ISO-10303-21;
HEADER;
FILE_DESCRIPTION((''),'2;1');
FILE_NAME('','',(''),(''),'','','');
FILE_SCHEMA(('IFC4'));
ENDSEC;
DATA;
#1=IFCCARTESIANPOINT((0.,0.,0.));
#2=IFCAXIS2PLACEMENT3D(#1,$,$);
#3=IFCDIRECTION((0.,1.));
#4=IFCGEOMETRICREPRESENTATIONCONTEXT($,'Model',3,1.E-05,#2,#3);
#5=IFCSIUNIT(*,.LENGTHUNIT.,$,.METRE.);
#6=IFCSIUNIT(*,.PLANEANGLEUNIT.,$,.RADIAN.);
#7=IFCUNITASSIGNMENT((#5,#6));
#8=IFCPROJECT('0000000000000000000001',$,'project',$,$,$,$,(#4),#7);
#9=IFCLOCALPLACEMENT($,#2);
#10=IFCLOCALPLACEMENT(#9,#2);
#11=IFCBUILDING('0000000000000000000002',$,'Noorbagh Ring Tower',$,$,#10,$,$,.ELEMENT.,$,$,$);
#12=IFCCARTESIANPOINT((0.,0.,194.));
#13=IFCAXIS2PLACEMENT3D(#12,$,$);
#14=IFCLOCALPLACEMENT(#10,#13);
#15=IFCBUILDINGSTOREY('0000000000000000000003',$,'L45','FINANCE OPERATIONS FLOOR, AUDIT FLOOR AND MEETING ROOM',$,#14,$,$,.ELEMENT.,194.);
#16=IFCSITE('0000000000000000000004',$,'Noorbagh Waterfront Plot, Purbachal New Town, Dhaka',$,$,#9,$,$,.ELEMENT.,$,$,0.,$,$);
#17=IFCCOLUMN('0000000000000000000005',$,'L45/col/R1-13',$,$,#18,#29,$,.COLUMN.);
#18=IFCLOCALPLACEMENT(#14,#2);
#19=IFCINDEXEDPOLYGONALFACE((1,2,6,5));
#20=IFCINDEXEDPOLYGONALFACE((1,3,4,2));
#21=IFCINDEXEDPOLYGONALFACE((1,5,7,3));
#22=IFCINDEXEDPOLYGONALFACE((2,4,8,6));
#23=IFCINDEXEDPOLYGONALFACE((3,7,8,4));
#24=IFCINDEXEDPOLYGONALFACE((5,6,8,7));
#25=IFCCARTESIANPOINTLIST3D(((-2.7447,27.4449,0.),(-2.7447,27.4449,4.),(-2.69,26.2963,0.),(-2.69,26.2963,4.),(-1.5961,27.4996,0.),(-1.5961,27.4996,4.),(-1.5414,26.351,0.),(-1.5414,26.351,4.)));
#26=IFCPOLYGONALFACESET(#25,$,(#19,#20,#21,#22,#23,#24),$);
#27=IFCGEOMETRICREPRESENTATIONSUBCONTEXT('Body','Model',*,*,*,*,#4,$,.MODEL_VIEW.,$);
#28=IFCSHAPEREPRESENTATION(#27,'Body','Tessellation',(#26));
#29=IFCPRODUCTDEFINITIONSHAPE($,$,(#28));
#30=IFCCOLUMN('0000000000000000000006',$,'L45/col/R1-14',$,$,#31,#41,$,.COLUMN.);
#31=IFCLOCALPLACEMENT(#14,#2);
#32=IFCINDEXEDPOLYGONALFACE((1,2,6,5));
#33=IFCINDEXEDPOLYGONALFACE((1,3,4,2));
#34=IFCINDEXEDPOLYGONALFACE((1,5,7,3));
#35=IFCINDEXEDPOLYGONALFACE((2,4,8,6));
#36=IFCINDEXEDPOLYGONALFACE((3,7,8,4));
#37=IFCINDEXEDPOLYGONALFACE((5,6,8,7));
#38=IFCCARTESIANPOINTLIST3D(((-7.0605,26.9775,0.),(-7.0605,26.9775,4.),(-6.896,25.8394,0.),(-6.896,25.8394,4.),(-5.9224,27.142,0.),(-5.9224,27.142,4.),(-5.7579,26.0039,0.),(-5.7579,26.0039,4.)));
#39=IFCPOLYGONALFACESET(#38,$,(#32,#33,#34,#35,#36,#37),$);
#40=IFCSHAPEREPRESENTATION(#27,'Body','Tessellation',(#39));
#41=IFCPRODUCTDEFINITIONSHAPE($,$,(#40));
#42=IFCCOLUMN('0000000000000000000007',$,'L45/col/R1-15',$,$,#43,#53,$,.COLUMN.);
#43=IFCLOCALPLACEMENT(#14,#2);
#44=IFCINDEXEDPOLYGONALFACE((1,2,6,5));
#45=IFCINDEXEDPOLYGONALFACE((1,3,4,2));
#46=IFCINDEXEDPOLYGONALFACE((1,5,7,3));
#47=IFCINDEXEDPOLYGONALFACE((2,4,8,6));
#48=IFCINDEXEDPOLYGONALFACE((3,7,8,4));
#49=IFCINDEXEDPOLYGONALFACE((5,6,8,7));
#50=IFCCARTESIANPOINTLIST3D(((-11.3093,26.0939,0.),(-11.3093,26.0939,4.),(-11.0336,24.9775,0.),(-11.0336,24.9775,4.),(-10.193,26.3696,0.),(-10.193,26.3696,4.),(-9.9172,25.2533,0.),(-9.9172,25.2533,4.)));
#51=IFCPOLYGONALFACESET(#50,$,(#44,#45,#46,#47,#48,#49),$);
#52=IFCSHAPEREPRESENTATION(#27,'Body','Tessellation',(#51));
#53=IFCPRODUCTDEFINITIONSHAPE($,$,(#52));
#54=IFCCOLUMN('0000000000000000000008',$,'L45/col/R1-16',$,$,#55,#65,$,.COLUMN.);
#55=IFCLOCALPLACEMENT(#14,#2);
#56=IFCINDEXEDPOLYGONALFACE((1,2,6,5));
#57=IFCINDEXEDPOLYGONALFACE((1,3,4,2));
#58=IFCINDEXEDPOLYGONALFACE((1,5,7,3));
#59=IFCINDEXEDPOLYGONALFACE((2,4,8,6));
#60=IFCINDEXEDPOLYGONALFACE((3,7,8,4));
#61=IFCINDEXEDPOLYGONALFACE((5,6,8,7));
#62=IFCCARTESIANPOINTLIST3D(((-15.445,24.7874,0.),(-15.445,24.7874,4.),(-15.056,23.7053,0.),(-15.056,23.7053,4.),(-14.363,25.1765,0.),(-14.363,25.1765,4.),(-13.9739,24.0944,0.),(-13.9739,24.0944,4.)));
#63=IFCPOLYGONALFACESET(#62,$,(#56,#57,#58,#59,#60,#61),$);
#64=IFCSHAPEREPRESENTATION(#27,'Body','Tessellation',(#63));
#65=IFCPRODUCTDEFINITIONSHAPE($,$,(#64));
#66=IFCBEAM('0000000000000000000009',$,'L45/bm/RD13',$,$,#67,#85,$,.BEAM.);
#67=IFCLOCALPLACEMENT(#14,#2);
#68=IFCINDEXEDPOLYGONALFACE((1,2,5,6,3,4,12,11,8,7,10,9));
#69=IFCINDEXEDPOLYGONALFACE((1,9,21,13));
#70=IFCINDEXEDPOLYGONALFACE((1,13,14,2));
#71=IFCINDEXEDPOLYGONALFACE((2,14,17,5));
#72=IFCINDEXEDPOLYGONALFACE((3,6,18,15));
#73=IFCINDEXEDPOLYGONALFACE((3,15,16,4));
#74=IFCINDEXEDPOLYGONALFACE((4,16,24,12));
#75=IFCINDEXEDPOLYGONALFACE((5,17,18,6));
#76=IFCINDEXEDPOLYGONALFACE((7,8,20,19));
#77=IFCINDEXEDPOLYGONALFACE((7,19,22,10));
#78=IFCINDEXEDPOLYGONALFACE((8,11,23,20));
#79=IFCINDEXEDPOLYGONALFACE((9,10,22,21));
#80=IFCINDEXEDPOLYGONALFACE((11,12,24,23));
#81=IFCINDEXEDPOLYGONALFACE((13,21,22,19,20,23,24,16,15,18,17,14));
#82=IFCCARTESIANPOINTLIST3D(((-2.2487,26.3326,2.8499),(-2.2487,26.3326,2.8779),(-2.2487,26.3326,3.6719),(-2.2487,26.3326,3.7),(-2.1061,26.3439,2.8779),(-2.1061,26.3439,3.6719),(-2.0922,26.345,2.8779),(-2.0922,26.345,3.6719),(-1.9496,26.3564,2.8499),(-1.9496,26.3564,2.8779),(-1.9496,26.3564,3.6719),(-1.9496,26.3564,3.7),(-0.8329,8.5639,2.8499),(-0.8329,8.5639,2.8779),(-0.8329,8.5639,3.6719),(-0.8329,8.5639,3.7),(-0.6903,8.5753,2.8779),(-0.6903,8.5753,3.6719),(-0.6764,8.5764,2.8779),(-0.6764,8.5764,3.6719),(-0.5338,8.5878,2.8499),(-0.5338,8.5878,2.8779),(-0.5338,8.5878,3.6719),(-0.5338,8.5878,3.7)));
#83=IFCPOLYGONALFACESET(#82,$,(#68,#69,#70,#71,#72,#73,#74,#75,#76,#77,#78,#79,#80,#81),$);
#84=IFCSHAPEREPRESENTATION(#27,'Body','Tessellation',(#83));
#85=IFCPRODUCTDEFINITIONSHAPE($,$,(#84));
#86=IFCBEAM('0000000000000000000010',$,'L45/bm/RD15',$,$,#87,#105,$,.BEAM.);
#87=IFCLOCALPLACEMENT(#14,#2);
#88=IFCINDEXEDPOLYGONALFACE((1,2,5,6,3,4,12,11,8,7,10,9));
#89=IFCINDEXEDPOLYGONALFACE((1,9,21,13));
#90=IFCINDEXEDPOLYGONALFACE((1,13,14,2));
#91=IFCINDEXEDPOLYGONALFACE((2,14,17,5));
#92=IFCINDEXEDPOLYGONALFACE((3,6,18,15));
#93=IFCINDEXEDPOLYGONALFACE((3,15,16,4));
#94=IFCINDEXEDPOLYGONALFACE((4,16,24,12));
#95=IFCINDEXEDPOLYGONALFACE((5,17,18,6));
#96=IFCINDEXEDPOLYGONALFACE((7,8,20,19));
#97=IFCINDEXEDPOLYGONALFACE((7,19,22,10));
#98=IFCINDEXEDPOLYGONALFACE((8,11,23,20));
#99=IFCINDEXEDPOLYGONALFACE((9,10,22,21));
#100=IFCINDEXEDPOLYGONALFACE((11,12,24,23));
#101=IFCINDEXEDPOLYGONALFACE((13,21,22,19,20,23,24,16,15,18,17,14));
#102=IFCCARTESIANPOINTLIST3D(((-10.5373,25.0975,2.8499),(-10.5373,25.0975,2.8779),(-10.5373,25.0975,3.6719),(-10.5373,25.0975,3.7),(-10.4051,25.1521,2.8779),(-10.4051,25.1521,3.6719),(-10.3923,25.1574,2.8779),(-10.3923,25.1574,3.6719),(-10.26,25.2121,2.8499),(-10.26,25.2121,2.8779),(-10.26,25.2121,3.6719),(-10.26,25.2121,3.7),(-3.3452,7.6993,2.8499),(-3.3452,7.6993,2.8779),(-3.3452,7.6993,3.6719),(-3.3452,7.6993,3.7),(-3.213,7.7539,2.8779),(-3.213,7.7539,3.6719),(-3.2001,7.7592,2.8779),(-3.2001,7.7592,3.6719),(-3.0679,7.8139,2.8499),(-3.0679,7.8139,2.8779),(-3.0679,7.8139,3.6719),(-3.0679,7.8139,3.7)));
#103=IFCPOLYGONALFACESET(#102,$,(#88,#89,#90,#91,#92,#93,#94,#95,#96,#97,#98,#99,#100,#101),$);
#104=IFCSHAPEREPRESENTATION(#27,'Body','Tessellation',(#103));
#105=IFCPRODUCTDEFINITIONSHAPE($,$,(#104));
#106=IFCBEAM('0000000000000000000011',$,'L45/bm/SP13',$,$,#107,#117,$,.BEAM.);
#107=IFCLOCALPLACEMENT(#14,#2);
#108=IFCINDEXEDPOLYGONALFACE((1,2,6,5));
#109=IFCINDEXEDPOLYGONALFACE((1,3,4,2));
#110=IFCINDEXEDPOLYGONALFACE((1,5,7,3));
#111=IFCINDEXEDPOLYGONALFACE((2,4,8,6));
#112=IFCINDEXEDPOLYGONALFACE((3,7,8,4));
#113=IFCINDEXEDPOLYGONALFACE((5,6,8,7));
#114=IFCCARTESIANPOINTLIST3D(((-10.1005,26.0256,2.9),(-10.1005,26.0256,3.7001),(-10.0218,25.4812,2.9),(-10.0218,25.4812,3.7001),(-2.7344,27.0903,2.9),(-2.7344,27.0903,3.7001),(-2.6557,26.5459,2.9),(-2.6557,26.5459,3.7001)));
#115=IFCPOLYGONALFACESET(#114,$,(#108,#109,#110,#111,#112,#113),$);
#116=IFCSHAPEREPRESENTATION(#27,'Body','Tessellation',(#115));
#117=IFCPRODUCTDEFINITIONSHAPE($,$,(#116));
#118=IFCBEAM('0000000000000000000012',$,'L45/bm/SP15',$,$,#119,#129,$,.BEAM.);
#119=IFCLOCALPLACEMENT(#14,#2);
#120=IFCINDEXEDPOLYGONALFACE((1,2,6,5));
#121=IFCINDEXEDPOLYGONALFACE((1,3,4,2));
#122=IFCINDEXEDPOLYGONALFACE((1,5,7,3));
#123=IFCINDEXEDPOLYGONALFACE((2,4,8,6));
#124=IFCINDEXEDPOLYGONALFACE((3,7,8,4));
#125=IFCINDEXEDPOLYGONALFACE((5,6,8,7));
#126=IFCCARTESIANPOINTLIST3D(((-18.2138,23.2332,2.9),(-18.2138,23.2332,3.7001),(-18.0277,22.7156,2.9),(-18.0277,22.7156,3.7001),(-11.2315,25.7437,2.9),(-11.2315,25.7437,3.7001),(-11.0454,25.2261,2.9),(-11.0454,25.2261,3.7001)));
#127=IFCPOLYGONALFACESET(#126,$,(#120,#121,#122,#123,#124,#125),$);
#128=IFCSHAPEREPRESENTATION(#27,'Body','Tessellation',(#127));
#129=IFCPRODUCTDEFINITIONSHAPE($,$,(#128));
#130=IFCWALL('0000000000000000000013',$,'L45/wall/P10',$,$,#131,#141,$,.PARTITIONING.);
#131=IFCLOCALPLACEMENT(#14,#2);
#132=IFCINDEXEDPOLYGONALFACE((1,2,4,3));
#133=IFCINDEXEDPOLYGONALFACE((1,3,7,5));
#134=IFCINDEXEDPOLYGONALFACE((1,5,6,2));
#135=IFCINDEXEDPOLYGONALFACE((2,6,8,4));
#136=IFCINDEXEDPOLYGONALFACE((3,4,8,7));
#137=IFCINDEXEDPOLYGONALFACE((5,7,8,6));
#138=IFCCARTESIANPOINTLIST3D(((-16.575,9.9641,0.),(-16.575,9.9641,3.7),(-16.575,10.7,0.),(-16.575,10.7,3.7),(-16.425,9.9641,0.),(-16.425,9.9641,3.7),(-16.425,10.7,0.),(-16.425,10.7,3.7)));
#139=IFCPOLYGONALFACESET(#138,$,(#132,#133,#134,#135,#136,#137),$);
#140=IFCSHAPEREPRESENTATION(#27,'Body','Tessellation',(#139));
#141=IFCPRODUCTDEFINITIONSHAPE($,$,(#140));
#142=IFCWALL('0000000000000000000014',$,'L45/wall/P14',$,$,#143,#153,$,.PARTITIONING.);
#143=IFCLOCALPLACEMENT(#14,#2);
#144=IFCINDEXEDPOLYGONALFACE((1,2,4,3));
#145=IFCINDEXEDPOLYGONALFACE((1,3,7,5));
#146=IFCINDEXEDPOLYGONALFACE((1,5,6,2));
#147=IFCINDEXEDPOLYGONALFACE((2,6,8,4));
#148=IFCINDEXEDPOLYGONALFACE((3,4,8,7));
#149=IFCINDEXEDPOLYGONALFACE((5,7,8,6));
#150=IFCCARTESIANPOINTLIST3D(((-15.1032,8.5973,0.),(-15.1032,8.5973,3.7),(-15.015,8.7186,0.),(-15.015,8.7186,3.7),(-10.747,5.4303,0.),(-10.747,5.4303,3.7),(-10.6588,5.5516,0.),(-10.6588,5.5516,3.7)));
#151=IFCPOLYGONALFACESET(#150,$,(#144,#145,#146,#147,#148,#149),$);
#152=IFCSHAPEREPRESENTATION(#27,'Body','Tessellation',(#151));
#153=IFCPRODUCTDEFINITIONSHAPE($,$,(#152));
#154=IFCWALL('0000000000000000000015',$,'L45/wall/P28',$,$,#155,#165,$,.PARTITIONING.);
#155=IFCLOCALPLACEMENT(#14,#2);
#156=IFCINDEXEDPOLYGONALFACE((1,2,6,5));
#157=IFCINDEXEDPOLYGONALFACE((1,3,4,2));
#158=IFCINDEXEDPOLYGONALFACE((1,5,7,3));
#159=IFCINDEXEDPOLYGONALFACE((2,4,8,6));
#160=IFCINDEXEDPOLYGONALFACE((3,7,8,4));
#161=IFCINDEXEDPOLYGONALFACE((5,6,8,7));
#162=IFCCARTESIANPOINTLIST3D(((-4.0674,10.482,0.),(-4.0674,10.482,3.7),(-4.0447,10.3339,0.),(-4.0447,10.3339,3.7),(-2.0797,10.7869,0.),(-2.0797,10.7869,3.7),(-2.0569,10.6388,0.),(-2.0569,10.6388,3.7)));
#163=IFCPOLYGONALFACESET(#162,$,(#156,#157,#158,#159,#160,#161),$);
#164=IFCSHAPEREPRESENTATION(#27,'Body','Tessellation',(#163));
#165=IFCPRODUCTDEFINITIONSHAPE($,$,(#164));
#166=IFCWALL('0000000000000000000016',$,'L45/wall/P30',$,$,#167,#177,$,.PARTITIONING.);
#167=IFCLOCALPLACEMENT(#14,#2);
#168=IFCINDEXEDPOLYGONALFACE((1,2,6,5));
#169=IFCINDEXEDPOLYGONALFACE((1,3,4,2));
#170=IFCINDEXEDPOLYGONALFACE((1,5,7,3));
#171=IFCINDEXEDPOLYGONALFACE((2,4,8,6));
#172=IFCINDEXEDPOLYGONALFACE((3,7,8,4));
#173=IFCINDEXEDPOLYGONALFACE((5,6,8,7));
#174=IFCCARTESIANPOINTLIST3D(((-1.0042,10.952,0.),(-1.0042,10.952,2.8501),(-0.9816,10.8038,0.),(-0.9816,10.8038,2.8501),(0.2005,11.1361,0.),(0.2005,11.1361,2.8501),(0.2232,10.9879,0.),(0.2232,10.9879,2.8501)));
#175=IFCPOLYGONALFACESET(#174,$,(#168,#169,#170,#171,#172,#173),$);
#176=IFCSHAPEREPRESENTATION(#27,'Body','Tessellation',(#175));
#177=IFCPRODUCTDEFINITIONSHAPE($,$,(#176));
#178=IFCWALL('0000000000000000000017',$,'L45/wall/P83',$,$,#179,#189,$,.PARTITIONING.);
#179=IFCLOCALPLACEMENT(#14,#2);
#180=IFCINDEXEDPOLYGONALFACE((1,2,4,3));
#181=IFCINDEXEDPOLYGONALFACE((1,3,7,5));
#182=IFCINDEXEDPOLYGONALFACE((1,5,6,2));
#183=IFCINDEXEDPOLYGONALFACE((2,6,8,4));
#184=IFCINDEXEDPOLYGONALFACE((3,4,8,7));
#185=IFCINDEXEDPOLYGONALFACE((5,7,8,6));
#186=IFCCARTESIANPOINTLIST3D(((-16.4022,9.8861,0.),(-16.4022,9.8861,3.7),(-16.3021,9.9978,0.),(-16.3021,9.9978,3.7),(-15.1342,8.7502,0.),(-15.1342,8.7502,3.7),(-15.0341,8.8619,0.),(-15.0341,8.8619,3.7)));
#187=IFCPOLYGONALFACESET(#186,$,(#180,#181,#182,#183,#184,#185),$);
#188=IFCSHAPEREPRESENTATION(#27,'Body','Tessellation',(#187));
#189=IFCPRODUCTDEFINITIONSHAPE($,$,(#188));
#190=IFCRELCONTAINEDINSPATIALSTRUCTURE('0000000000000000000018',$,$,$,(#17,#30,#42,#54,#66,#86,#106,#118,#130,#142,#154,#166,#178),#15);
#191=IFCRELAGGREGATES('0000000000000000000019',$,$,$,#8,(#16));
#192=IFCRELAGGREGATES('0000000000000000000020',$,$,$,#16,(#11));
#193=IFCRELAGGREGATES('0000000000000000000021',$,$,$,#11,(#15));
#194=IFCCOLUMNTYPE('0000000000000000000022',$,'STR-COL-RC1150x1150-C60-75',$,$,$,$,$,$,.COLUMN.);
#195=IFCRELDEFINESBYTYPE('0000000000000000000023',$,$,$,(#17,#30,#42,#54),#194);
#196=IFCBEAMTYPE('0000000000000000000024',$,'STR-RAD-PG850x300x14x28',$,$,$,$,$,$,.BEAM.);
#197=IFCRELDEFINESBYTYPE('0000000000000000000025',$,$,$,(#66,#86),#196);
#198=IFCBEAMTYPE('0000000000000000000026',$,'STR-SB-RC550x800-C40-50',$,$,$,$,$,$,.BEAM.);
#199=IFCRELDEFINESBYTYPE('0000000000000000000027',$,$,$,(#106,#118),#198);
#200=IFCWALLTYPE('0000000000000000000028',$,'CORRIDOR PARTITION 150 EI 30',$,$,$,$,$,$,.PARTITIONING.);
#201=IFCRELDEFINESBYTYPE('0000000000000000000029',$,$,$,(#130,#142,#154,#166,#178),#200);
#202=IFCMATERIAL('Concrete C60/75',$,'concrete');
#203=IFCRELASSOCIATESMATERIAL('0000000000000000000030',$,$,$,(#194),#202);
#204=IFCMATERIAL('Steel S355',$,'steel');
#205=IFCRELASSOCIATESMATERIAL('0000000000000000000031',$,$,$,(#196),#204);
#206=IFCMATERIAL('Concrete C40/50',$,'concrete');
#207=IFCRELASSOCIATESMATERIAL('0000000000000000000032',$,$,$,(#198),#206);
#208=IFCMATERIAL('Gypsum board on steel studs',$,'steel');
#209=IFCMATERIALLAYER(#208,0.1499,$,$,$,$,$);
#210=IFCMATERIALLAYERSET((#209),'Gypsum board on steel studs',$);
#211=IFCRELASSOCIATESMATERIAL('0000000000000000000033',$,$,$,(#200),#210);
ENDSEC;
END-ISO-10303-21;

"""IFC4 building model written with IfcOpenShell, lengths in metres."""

from ifc_helpers import new_model, si_unit, direction, frame, frame_2d, origin, origin_2d, place, context, subcontext, project, spatial, rectangle, i_section, extrude, material, layer, layer_set, material_profile, profile_set, type_object, element, save


model = new_model("IFC4")

# Units and contexts
model_context = context("Model", 3, precision=1e-05, world=origin(), true_north=direction((0.0, 1.0)))
body_context = subcontext(model_context, "Body", "Model", "MODEL_VIEW")
ifc_project = project(units=[si_unit("LENGTHUNIT", "METRE"), si_unit("PLANEANGLEUNIT", "RADIAN")], contexts=[model_context])

# Site, building, storey
site_placement = place(None, origin())
site = spatial("IfcSite", under=ifc_project, at=site_placement, Name="Noorbagh Waterfront Plot, Purbachal New Town, Dhaka", CompositionType="ELEMENT", RefElevation=0.0)
building_placement = place(site_placement, origin())
building = spatial("IfcBuilding", under=site, at=building_placement, Name="Noorbagh Ring Tower", CompositionType="ELEMENT")
storey_placement = place(building_placement, frame((0.0, 0.0, 194.0)))
storey = spatial("IfcBuildingStorey", under=building, at=storey_placement, Name="L45", Description="FINANCE OPERATIONS FLOOR, AUDIT FLOOR AND MEETING ROOM", CompositionType="ELEMENT", Elevation=194.0)

# Columns
ifc_material_1 = material(Name="Concrete C60/75", Category="concrete")
ifc_material_profile_1 = material_profile(ifc_material_1, rectangle(XDim=1.1499, YDim=1.1499, at=origin_2d()), Name="RC1150x1150")
ifc_profile_set_1 = profile_set([ifc_material_profile_1], Name="Concrete C60/75")
column_type = type_object("IfcColumnType", Name="STR-COL-RC1150x1150-C60-75", PredefinedType="COLUMN", material=ifc_profile_set_1)
for number, where, z_axis, x_axis, name in (
    (1, (-2.1431, 26.8979, 0.0), (0.0, 0.0, 1.0), (-0.998869, -0.047553, 0.0), "L45/col/R1-13"),
    (2, (-6.4092, 26.4907, 0.0), (0.0, 0.0, 1.0), (-0.989713, -0.143066, 0.0), "L45/col/R1-14"),
    (3, (-10.6133, 25.6736, 0.0), (0.0, 0.0, 1.0), (-0.970829, -0.239771, 0.0), "L45/col/R1-15"),
    (4, (-14.7095, 24.4409, 0.0), (0.0, 0.0, 1.0), (-0.941025, -0.338338, 0.0), "L45/col/R1-16"),
):
    element("IfcColumn", number, at=place(storey_placement, frame(where, z_axis=z_axis, x_axis=x_axis)), inside=storey, type_object=column_type, Name=name, PredefinedType="COLUMN", context=body_context, shape_type="SweptSolid", body=[
        extrude(rectangle(XDim=1.1499, YDim=1.1499, at=origin_2d()), origin(), (0.0, 0.0, 1.0), 4.0),
    ])

# Beams
ifc_material_2 = material(Name="Steel S355", Category="steel")
ifc_material_profile_2 = material_profile(ifc_material_2, i_section(OverallWidth=0.3, OverallDepth=0.8501, WebThickness=0.0139, FlangeThickness=0.0281, at=origin_2d()), Name="PG850x300x14x28")
ifc_profile_set_2 = profile_set([ifc_material_profile_2], Name="Steel S355")
beam_type_1 = type_object("IfcBeamType", Name="STR-RAD-PG850x300x14x28", PredefinedType="BEAM", material=ifc_profile_set_2)
beam_1_placement = place(storey_placement, frame((-2.0991, 26.3445, 3.2749), z_axis=(0.079427, -0.996841, 0.0), x_axis=(0.996841, 0.079427, 0.0)))
element("IfcBeam", 5, at=beam_1_placement, inside=storey, type_object=beam_type_1, Name="L45/bm/RD13", PredefinedType="BEAM", context=body_context, shape_type="SweptSolid", body=[
    extrude(i_section(OverallWidth=0.3, OverallDepth=0.8501, WebThickness=0.0139, FlangeThickness=0.0281, at=origin_2d()), origin(), (0.0, 0.0, 1.0), 17.825),
])
beam_2_placement = place(storey_placement, frame((-10.3987, 25.1548, 3.2749), z_axis=(0.382029, -0.92415, 0.0), x_axis=(0.92415, 0.382029, 0.0)))
element("IfcBeam", 6, at=beam_2_placement, inside=storey, type_object=beam_type_1, Name="L45/bm/RD15", PredefinedType="BEAM", context=body_context, shape_type="SweptSolid", body=[
    extrude(i_section(OverallWidth=0.3, OverallDepth=0.8501, WebThickness=0.0139, FlangeThickness=0.0281, at=origin_2d()), origin(), (0.0, 0.0, 1.0), 18.8262),
])
ifc_material_3 = material(Name="Concrete C40/50", Category="concrete")
ifc_material_profile_3 = material_profile(ifc_material_3, rectangle(XDim=0.55, YDim=0.8, at=origin_2d()), Name="RC550x800")
ifc_profile_set_3 = profile_set([ifc_material_profile_3], Name="Concrete C40/50")
beam_type_2 = type_object("IfcBeamType", Name="STR-SB-RC550x800-C40-50", PredefinedType="BEAM", material=ifc_profile_set_3)
beam_3_placement = place(storey_placement, frame((-2.6951, 26.8181, 3.3), z_axis=(-0.989715, -0.143056, 0.0), x_axis=(0.143056, -0.989715, 0.0)))
element("IfcBeam", 7, at=beam_3_placement, inside=storey, type_object=beam_type_2, Name="L45/bm/SP13", PredefinedType="BEAM", context=body_context, shape_type="SweptSolid", body=[
    extrude(rectangle(XDim=0.55, YDim=0.8, at=origin_2d()), origin(), (0.0, 0.0, 1.0), 7.4426),
])
beam_4_placement = place(storey_placement, frame((-11.1384, 25.4849, 3.3), z_axis=(-0.941024, -0.338341, 0.0), x_axis=(0.338341, -0.941024, 0.0)))
element("IfcBeam", 8, at=beam_4_placement, inside=storey, type_object=beam_type_2, Name="L45/bm/SP15", PredefinedType="BEAM", context=body_context, shape_type="SweptSolid", body=[
    extrude(rectangle(XDim=0.55, YDim=0.8, at=origin_2d()), origin(), (0.0, 0.0, 1.0), 7.4199),
])

# Walls
ifc_material_4 = material(Name="Gypsum board on steel studs", Category="steel")
ifc_layer_1 = layer(ifc_material_4, 0.1499)
ifc_layer_set_1 = layer_set([ifc_layer_1], Name="Gypsum board on steel studs")
wall_type_1 = type_object("IfcWallType", Name="CORRIDOR PARTITION 150 EI 30", PredefinedType="PARTITIONING", material=ifc_layer_set_1)
wall_1_placement = place(storey_placement, frame((-16.5, 9.9641, 0.0), z_axis=(0.0, 0.0, 1.0), x_axis=(0.0, 1.0, 0.0)))
element("IfcWall", 9, at=wall_1_placement, inside=storey, type_object=wall_type_1, Name="L45/wall/P10", PredefinedType="PARTITIONING", context=body_context, shape_type="SweptSolid", body=[
    extrude(rectangle(XDim=0.7358, YDim=0.1499, at=frame_2d((0.3679, 0.0))), origin(), (0.0, 0.0, 1.0), 3.7),
])
wall_2_placement = place(storey_placement, frame((-15.0591, 8.658, 0.0), z_axis=(0.0, 0.0, 1.0), x_axis=(0.808838, -0.588032, 0.0)))
element("IfcWall", 10, at=wall_2_placement, inside=storey, type_object=wall_type_1, Name="L45/wall/P14", PredefinedType="PARTITIONING", context=body_context, shape_type="SweptSolid", body=[
    extrude(rectangle(XDim=5.3857, YDim=0.1499, at=frame_2d((2.6929, 0.0))), origin(), (0.0, 0.0, 1.0), 3.7),
])
wall_3_placement = place(storey_placement, frame((-4.0559, 10.408, 0.0), z_axis=(0.0, 0.0, 1.0), x_axis=(0.988438, 0.151628, 0.0)))
element("IfcWall", 11, at=wall_3_placement, inside=storey, type_object=wall_type_1, Name="L45/wall/P28", PredefinedType="PARTITIONING", context=body_context, shape_type="SweptSolid", body=[
    extrude(rectangle(XDim=2.011, YDim=0.1499, at=frame_2d((1.0054, 0.0))), origin(), (0.0, 0.0, 1.0), 3.7),
])
wall_4_placement = place(storey_placement, frame((-0.9929, 10.8779, 0.0), z_axis=(0.0, 0.0, 1.0), x_axis=(0.988529, 0.151034, 0.0)))
element("IfcWall", 12, at=wall_4_placement, inside=storey, type_object=wall_type_1, Name="L45/wall/P30", PredefinedType="PARTITIONING", context=body_context, shape_type="SweptSolid", body=[
    extrude(rectangle(XDim=1.2188, YDim=0.1499, at=frame_2d((0.6094, 0.0))), origin(), (0.0, 0.0, 1.0), 2.8501),
])
wall_5_placement = place(storey_placement, frame((-16.3521, 9.9419, 0.0), z_axis=(0.0, 0.0, 1.0), x_axis=(0.744832, -0.667252, 0.0)))
element("IfcWall", 13, at=wall_5_placement, inside=storey, type_object=wall_type_1, Name="L45/wall/P83", PredefinedType="PARTITIONING", context=body_context, shape_type="SweptSolid", body=[
    extrude(rectangle(XDim=1.7024, YDim=0.1499, at=frame_2d((0.8511, 0.0))), origin(), (0.0, 0.0, 1.0), 3.7),
])

save(model, "model.ifc")
